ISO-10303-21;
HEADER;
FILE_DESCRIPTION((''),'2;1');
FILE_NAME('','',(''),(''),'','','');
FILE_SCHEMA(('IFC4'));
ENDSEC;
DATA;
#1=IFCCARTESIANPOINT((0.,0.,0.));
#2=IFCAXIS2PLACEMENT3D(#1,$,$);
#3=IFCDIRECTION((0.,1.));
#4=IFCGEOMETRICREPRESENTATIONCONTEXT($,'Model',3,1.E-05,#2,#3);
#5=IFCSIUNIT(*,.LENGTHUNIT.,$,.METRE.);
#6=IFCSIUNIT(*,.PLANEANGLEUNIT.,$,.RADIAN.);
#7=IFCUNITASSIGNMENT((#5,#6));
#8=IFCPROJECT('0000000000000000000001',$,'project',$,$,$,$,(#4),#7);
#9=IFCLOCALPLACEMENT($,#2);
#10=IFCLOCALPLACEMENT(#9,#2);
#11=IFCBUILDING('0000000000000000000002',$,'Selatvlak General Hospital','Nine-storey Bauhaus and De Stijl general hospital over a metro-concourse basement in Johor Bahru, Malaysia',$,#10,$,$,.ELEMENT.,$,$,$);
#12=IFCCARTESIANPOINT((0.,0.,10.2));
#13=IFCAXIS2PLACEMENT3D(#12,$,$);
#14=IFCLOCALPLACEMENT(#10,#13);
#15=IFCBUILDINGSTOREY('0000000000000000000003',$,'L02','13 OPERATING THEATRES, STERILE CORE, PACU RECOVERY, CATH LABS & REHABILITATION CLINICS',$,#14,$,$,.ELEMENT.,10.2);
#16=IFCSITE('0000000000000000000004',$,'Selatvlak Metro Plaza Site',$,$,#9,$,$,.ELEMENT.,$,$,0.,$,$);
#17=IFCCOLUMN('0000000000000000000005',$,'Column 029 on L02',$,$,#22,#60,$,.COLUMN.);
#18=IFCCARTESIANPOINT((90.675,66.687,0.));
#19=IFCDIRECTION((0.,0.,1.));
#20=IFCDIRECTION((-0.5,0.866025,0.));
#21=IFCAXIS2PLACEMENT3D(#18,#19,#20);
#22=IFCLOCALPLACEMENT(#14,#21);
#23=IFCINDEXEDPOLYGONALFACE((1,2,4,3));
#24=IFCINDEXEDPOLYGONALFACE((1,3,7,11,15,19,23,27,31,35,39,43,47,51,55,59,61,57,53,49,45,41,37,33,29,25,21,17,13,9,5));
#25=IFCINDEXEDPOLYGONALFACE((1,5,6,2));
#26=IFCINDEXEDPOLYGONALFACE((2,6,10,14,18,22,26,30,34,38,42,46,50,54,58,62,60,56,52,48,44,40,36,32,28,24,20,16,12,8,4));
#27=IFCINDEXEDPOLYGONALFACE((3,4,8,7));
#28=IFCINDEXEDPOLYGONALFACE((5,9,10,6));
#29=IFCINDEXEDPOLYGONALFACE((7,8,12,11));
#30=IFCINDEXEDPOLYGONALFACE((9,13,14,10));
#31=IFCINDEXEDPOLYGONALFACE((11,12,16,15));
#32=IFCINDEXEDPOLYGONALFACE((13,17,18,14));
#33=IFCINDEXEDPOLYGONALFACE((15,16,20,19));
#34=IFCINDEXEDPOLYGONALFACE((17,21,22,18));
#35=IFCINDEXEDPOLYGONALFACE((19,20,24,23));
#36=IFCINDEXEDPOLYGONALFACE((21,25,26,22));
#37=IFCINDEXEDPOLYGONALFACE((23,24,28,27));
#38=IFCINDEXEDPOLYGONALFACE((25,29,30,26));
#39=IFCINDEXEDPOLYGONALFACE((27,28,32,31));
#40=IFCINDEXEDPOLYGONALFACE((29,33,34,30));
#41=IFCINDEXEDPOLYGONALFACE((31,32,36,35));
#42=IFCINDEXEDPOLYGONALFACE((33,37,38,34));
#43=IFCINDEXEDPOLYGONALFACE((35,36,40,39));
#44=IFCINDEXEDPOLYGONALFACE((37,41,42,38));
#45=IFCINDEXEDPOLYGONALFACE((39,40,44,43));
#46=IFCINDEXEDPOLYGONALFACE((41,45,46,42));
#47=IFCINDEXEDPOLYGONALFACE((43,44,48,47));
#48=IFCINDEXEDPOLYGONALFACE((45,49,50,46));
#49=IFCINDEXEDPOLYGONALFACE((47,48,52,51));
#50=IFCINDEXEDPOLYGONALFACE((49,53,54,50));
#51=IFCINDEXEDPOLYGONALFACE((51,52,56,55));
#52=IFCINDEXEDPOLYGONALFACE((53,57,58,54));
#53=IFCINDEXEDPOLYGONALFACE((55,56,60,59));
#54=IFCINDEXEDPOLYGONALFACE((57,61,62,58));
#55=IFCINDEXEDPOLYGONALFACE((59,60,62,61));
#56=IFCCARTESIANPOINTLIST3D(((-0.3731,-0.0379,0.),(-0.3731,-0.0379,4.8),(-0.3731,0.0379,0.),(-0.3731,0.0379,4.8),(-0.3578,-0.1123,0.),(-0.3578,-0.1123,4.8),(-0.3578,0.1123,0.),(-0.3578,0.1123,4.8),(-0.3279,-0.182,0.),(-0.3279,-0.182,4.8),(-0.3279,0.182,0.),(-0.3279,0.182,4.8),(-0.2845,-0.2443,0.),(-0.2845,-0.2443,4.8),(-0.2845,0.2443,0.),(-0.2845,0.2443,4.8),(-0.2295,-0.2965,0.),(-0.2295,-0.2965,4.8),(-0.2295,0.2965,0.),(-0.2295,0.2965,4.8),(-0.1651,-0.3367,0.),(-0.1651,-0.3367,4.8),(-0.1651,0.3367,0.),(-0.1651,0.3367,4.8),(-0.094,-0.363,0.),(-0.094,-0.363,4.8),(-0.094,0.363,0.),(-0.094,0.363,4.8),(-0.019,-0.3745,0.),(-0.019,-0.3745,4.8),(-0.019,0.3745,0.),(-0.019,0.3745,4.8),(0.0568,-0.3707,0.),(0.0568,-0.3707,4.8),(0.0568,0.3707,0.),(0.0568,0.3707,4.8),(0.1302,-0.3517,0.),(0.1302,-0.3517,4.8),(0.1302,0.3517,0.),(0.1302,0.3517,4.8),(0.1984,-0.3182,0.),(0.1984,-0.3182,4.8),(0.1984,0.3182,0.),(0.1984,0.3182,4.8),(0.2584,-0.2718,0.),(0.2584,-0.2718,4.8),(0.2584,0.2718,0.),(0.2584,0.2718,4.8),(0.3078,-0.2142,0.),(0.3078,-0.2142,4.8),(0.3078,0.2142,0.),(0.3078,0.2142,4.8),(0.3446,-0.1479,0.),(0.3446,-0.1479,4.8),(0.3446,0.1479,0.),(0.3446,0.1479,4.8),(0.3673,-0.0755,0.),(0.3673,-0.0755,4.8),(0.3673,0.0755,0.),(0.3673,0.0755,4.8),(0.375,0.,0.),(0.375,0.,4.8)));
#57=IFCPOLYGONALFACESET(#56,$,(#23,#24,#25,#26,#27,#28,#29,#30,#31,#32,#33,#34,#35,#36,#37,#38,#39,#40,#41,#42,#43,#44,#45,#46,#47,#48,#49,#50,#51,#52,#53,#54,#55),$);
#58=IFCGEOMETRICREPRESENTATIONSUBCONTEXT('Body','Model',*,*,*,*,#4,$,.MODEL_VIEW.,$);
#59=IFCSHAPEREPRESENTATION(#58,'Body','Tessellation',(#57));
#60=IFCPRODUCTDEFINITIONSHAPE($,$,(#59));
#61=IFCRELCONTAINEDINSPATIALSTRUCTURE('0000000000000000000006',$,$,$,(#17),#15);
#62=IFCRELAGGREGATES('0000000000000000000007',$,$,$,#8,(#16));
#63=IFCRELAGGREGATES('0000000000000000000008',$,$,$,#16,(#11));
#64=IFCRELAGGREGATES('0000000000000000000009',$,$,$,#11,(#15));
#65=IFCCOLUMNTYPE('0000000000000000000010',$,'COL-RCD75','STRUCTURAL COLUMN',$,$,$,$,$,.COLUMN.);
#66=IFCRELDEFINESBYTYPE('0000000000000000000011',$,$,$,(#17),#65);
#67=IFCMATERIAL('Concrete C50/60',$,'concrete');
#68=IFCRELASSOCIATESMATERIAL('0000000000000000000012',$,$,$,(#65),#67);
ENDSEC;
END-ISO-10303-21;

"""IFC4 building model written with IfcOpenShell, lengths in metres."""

from ifc_helpers import new_model, si_unit, direction, frame, origin, origin_2d, place, context, subcontext, project, spatial, circle, extrude, material, material_profile, profile_set, type_object, element, save


model = new_model("IFC4")

# Units and contexts
model_context = context("Model", 3, precision=1e-05, world=origin(), true_north=direction((0.0, 1.0)))
body_context = subcontext(model_context, "Body", "Model", "MODEL_VIEW")
ifc_project = project(units=[si_unit("LENGTHUNIT", "METRE"), si_unit("PLANEANGLEUNIT", "RADIAN")], contexts=[model_context])

# Site, building, storey
site_placement = place(None, origin())
site = spatial("IfcSite", under=ifc_project, at=site_placement, Name="Selatvlak Metro Plaza Site", CompositionType="ELEMENT", RefElevation=0.0)
building_placement = place(site_placement, origin())
building = spatial("IfcBuilding", under=site, at=building_placement, Name="Selatvlak General Hospital", Description="Nine-storey Bauhaus and De Stijl general hospital over a metro-concourse basement in Johor Bahru, Malaysia", CompositionType="ELEMENT")
storey_placement = place(building_placement, frame((0.0, 0.0, 10.2)))
storey = spatial("IfcBuildingStorey", under=building, at=storey_placement, Name="L02", Description="13 OPERATING THEATRES, STERILE CORE, PACU RECOVERY, CATH LABS & REHABILITATION CLINICS", CompositionType="ELEMENT", Elevation=10.2)

# Column
ifc_material_1 = material(Name="Concrete C50/60", Category="concrete")
ifc_material_profile_1 = material_profile(ifc_material_1, circle(Radius=0.375, at=origin_2d()), Name="RC-COL D750")
ifc_profile_set_1 = profile_set([ifc_material_profile_1], Name="Concrete C50/60")
column_type = type_object("IfcColumnType", Name="COL-RCD75", Description="STRUCTURAL COLUMN", PredefinedType="COLUMN", material=ifc_profile_set_1)
column_placement = place(storey_placement, frame((90.675, 66.687, 0.0), z_axis=(0.0, 0.0, 1.0), x_axis=(-0.5, 0.866025, 0.0)))
element("IfcColumn", 1, at=column_placement, inside=storey, type_object=column_type, Name="Column 029 on L02", PredefinedType="COLUMN", context=body_context, shape_type="SweptSolid", body=[
    extrude(circle(Radius=0.375, at=origin_2d()), origin(), (0.0, 0.0, 1.0), 4.8),
])

save(model, "model.ifc")
